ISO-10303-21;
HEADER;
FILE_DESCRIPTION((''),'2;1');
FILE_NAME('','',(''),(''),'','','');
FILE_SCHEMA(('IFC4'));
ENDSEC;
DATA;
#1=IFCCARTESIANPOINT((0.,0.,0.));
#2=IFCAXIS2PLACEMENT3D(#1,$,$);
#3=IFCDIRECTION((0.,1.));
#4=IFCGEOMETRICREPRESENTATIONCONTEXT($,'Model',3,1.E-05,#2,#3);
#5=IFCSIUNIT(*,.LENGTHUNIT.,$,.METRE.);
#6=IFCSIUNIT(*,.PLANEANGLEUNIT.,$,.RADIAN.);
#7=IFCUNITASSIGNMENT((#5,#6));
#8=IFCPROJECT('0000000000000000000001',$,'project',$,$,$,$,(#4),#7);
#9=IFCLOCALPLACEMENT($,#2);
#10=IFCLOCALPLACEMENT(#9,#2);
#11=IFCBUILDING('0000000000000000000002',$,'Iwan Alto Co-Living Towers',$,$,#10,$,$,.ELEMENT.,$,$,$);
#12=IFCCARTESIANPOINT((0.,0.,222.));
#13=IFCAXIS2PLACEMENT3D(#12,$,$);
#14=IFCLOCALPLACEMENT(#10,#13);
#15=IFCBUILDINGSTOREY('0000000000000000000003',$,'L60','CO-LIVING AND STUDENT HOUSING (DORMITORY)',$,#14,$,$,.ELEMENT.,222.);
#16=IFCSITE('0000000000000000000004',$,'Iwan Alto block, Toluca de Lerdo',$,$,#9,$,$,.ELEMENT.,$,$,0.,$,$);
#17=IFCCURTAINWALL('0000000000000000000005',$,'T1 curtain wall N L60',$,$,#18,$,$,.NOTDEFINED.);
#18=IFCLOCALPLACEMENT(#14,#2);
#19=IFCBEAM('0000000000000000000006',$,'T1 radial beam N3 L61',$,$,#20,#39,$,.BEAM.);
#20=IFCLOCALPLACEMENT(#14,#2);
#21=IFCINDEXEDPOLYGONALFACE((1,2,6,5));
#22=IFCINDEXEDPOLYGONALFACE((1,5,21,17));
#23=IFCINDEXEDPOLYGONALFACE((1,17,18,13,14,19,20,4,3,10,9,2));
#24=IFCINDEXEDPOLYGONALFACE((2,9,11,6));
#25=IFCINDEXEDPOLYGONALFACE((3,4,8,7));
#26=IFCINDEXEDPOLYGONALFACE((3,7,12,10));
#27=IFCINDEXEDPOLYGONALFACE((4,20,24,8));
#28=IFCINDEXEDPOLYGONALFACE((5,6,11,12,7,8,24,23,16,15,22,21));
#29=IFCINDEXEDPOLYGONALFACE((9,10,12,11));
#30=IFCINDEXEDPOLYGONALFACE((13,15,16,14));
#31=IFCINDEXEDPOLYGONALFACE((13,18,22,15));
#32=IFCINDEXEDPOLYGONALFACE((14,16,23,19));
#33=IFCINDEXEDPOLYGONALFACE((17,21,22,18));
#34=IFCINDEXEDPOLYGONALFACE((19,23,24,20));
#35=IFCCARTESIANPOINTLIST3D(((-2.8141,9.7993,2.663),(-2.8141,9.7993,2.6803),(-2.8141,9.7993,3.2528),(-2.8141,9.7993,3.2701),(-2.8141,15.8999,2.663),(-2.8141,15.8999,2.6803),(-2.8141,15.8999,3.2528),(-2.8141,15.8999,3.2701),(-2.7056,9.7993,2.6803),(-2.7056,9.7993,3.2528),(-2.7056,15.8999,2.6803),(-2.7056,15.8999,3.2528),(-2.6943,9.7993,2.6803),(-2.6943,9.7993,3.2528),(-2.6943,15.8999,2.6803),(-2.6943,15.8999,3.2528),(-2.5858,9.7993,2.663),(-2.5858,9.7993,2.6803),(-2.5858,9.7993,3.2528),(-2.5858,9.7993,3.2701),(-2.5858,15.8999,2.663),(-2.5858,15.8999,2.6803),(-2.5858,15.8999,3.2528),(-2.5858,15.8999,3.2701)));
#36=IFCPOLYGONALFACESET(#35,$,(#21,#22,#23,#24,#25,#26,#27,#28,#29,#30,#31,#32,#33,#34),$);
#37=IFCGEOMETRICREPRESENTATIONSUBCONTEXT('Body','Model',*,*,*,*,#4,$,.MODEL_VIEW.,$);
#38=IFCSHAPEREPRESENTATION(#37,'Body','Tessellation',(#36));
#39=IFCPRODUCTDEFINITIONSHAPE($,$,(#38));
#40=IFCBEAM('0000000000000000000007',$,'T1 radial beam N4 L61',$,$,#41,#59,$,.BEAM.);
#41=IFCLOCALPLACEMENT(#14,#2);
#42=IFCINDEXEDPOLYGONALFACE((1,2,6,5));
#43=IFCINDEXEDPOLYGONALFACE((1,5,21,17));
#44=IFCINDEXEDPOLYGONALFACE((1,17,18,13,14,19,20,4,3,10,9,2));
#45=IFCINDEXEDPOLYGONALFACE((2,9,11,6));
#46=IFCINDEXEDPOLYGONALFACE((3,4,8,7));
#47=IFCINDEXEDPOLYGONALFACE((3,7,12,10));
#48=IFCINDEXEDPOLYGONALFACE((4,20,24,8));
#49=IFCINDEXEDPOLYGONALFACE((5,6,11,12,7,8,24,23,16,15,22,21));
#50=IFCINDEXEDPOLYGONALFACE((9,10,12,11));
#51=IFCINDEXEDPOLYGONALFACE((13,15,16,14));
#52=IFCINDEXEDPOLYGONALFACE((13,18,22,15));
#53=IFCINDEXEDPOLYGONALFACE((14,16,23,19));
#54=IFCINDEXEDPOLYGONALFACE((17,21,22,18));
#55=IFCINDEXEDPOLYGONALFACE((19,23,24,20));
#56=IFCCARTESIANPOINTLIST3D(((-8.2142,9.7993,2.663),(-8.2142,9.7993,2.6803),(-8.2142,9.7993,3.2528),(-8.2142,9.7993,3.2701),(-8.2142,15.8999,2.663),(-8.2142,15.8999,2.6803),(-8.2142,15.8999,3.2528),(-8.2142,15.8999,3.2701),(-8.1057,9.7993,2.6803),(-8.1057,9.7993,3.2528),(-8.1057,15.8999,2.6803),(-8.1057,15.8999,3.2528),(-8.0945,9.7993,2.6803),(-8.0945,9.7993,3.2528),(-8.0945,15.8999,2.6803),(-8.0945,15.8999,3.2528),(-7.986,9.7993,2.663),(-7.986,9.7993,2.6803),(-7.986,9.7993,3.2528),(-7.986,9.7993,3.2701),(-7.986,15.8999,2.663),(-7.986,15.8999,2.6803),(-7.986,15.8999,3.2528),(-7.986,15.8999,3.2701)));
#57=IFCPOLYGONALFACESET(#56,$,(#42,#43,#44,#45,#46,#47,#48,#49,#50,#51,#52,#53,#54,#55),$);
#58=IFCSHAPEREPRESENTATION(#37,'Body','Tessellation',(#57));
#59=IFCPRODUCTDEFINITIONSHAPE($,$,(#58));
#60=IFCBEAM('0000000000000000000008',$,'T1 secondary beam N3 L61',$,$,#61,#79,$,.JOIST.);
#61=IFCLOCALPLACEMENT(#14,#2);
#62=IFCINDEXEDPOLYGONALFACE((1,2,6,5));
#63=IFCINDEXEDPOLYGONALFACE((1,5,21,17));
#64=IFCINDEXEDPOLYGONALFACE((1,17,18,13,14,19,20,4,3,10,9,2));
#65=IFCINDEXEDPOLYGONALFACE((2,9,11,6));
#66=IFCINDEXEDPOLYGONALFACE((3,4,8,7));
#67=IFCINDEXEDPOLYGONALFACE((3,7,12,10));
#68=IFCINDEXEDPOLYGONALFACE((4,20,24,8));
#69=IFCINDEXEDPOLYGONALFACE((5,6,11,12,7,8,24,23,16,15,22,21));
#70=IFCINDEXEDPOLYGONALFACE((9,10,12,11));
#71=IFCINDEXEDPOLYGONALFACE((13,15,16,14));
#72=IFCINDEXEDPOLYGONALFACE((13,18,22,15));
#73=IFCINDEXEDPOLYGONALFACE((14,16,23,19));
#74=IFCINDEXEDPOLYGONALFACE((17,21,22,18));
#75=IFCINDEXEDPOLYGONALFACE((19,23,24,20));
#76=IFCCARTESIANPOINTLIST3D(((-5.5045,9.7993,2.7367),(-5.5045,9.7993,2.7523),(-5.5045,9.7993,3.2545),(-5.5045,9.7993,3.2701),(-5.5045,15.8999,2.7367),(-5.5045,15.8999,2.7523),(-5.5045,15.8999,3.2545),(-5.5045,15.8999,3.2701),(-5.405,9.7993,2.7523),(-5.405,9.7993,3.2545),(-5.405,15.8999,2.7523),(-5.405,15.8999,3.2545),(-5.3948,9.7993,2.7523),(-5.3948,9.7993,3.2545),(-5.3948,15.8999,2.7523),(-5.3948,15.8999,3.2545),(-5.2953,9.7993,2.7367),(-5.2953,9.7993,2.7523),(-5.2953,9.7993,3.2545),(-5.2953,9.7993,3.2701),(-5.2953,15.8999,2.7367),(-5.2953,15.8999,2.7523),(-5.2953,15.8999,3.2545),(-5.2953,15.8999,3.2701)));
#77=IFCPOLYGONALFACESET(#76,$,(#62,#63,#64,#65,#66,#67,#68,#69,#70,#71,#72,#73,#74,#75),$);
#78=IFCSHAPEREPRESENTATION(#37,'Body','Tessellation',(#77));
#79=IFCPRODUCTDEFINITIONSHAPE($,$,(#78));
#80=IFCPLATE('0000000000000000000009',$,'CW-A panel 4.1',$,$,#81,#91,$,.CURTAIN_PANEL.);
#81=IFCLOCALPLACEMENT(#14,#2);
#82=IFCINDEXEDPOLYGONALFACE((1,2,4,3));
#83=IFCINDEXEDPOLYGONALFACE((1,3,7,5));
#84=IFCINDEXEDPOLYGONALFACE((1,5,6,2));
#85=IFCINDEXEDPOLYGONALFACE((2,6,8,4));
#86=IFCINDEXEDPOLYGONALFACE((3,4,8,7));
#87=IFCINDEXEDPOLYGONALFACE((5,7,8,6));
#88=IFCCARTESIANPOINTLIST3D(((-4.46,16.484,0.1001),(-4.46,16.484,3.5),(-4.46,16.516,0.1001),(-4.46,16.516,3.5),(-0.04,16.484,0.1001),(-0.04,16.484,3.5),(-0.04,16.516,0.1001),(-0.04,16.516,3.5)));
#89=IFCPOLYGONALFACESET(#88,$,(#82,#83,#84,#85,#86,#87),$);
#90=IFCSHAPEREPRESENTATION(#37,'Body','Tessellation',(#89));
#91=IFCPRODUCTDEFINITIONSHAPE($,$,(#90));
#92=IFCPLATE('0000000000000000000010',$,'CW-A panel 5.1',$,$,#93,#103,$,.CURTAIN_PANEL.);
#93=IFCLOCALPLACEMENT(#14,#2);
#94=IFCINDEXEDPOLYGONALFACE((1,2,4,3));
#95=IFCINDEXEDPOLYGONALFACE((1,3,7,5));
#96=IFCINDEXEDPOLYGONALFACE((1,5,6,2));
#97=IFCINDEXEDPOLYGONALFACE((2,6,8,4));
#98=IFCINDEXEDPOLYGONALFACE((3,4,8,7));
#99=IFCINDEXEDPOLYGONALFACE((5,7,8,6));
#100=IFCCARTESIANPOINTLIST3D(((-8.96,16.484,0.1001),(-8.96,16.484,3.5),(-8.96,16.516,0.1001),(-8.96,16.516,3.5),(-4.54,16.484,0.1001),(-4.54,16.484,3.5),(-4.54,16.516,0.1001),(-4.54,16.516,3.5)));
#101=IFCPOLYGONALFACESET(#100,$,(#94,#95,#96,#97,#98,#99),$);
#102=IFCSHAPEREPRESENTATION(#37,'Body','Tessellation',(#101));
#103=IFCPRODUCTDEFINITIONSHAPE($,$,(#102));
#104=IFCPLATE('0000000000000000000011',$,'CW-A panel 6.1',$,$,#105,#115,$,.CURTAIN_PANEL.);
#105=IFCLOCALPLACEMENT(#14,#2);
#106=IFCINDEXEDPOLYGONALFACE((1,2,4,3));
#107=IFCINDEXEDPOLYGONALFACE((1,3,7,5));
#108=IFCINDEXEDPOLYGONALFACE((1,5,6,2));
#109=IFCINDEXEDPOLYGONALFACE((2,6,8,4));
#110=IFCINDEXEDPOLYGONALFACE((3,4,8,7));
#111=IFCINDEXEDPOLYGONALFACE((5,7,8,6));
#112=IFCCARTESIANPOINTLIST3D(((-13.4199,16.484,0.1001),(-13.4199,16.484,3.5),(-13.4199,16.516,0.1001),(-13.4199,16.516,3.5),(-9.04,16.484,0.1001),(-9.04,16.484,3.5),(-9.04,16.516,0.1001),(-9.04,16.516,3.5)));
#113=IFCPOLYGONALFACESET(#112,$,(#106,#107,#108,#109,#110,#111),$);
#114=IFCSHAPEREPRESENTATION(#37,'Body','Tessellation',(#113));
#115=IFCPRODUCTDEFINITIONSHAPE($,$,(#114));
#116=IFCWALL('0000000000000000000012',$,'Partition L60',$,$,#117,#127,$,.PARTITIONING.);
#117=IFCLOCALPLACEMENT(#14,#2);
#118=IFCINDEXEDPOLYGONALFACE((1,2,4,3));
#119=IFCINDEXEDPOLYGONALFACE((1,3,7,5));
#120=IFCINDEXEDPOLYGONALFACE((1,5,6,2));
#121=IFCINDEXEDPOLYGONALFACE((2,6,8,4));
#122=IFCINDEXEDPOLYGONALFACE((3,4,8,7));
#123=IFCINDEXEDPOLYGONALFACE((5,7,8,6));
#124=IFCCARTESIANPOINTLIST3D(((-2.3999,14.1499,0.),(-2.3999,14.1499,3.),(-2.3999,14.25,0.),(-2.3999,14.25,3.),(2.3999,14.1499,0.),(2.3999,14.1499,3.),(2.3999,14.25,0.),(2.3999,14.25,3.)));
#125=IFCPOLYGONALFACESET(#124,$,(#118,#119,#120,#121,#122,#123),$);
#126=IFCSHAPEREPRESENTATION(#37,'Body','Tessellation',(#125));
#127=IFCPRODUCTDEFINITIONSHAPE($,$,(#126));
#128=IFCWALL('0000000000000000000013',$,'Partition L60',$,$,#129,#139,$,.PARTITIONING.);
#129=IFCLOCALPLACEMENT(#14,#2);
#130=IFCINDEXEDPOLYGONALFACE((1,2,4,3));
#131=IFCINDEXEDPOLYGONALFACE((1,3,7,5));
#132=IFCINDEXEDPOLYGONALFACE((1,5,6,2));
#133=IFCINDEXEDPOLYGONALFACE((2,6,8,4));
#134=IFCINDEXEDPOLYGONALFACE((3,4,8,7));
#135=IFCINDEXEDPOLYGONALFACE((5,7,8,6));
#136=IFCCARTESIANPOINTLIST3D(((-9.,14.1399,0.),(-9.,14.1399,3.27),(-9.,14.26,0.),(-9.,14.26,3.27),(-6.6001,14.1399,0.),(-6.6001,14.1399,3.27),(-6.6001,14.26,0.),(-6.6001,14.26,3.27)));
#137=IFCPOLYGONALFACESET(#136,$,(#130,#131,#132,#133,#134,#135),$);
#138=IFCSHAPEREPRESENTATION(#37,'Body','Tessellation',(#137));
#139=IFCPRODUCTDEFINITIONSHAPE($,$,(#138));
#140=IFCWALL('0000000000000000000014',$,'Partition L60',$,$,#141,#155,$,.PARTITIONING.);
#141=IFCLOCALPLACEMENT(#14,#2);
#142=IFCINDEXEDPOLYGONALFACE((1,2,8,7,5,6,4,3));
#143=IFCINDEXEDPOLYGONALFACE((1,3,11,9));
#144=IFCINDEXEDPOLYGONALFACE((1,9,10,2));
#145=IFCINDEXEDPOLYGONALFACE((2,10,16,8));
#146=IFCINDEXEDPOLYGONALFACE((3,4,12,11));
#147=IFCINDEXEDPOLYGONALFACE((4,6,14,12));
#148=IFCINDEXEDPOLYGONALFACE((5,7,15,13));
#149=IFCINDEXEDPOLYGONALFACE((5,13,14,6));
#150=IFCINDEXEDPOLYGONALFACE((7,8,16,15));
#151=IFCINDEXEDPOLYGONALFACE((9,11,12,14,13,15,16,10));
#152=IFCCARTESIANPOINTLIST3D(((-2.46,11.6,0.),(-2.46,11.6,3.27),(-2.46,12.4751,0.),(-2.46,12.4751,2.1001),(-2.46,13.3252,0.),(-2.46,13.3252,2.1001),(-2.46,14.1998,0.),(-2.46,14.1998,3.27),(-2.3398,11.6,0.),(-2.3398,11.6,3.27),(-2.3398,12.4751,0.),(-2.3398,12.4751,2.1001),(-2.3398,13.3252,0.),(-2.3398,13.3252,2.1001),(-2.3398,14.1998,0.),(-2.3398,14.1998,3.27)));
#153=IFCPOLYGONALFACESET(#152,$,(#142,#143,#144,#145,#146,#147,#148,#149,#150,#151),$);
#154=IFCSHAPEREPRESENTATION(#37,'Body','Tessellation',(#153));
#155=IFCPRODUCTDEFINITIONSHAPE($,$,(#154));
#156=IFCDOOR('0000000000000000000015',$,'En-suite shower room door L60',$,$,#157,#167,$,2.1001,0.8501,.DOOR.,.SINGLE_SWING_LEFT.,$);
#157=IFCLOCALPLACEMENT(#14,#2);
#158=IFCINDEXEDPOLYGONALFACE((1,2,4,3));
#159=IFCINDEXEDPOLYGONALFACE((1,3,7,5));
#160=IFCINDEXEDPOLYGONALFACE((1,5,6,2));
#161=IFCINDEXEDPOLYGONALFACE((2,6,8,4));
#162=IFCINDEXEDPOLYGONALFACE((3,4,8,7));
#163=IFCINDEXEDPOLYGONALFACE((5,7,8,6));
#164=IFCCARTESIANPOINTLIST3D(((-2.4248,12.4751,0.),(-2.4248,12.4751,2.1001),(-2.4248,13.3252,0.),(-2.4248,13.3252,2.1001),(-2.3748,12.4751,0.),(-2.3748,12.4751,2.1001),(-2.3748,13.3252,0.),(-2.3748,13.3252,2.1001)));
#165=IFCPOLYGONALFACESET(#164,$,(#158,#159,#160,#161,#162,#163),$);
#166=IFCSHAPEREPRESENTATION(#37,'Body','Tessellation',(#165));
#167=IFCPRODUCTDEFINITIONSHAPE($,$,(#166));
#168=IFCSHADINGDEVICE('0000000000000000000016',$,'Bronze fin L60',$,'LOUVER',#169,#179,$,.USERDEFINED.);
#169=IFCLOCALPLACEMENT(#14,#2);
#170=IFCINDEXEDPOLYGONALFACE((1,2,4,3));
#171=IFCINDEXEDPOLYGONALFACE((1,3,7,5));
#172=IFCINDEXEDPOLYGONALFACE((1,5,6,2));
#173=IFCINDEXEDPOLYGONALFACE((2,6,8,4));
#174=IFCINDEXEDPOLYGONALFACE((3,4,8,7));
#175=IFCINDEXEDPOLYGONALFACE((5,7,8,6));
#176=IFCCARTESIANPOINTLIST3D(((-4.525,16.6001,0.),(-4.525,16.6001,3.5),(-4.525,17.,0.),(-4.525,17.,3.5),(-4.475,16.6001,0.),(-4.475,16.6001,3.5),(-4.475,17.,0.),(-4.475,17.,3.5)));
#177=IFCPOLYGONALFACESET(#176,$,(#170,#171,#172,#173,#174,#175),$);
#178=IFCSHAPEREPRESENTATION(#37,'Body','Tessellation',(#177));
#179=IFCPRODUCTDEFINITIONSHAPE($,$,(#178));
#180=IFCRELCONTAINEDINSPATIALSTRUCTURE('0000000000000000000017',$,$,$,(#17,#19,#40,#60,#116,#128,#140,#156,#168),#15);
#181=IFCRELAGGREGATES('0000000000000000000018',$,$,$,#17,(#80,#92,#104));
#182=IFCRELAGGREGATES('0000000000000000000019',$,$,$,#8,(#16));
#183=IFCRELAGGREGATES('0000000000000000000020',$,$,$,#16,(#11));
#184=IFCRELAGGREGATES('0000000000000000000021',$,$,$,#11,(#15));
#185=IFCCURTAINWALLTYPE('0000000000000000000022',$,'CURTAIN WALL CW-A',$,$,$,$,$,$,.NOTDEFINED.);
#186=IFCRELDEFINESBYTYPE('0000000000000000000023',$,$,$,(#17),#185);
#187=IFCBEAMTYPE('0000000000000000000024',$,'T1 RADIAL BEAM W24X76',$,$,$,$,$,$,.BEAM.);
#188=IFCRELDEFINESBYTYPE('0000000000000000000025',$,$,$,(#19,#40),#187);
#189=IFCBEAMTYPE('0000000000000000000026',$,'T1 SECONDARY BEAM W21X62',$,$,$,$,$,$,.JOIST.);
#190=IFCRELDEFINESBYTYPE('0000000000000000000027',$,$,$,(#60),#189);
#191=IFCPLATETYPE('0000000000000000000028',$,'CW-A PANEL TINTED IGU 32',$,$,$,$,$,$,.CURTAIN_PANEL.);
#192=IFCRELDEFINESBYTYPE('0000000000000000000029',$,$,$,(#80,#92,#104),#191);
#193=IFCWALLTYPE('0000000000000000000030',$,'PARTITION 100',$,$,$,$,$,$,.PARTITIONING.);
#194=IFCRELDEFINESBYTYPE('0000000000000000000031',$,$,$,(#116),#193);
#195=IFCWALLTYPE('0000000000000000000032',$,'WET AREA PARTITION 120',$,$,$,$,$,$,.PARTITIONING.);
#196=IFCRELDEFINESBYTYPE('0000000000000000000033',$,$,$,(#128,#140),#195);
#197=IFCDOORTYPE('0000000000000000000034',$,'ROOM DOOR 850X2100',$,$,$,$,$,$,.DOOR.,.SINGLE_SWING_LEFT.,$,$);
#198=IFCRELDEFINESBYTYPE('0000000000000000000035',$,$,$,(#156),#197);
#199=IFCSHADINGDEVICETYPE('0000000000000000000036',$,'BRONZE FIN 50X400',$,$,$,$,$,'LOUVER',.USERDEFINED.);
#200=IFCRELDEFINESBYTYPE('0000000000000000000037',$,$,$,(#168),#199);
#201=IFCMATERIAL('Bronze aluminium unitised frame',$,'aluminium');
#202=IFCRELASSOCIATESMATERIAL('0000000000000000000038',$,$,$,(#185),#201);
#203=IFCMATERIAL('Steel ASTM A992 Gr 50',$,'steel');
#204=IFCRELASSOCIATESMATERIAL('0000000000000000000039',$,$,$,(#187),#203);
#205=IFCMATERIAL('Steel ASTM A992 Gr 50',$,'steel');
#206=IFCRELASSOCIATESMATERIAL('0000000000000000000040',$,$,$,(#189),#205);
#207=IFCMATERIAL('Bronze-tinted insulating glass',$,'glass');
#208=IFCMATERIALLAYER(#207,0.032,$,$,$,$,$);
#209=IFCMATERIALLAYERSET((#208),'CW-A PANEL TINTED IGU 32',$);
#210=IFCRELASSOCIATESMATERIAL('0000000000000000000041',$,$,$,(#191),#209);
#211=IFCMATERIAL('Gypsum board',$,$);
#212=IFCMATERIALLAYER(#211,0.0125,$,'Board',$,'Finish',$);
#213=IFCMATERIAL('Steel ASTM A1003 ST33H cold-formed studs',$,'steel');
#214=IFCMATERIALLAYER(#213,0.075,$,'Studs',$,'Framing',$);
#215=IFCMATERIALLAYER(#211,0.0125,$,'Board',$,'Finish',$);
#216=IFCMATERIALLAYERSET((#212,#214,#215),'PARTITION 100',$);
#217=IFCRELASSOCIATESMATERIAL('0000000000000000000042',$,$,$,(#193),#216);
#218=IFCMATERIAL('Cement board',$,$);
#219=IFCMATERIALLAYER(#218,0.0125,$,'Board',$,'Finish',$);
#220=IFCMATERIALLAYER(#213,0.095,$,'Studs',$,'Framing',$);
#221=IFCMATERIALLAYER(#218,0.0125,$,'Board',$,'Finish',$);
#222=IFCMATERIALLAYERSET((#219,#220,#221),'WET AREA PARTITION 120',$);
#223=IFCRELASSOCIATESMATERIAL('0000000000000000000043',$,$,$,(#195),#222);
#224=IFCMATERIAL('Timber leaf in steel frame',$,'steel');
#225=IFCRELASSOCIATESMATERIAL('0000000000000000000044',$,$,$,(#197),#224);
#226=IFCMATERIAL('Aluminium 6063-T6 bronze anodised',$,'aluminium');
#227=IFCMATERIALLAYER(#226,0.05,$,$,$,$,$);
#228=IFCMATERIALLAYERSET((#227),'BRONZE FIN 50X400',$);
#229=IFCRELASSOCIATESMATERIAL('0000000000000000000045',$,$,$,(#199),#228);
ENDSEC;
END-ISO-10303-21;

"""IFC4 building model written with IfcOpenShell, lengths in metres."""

from ifc_helpers import new_model, si_unit, direction, frame, frame_2d, origin, origin_2d, place, context, subcontext, project, spatial, rectangle, i_section, extrude, material, layer, layer_set, material_profile, profile_set, type_object, element, fill, aggregate, save


model = new_model("IFC4")

# Units and contexts
model_context = context("Model", 3, precision=1e-05, world=origin(), true_north=direction((0.0, 1.0)))
body_context = subcontext(model_context, "Body", "Model", "MODEL_VIEW")
ifc_project = project(units=[si_unit("LENGTHUNIT", "METRE"), si_unit("PLANEANGLEUNIT", "RADIAN")], contexts=[model_context])

# Site, building, storey
site_placement = place(None, origin())
site = spatial("IfcSite", under=ifc_project, at=site_placement, Name="Iwan Alto block, Toluca de Lerdo", CompositionType="ELEMENT", RefElevation=0.0)
building_placement = place(site_placement, origin())
building = spatial("IfcBuilding", under=site, at=building_placement, Name="Iwan Alto Co-Living Towers", CompositionType="ELEMENT")
storey_placement = place(building_placement, frame((0.0, 0.0, 222.0)))
storey = spatial("IfcBuildingStorey", under=building, at=storey_placement, Name="L60", Description="CO-LIVING AND STUDENT HOUSING (DORMITORY)", CompositionType="ELEMENT", Elevation=222.0)

# Curtain wall
ifc_material_1 = material(Name="Bronze aluminium unitised frame", Category="aluminium")
curtain_wall_type = type_object("IfcCurtainWallType", Name="CURTAIN WALL CW-A", PredefinedType="NOTDEFINED", material=ifc_material_1)
curtain_wall_placement = place(storey_placement, origin())
curtain_wall = element("IfcCurtainWall", 1, at=curtain_wall_placement, inside=storey, type_object=curtain_wall_type, Name="T1 curtain wall N L60", PredefinedType="NOTDEFINED")

# Beams
ifc_material_2 = material(Name="Steel ASTM A992 Gr 50", Category="steel")
ifc_material_profile_1 = material_profile(ifc_material_2, i_section(OverallWidth=0.2283, OverallDepth=0.6072, WebThickness=0.0112, FlangeThickness=0.0173, at=origin_2d()), Name="W24X76")
ifc_profile_set_1 = profile_set([ifc_material_profile_1], Name="Steel ASTM A992 Gr 50")
beam_type_1 = type_object("IfcBeamType", Name="T1 RADIAL BEAM W24X76", PredefinedType="BEAM", material=ifc_profile_set_1)
for number, where, z_axis, x_axis, name in (
    (2, (-2.7, 15.8999, 2.9666), (0.0, -1.0, 0.0), (1.0, 0.0, 0.0), "T1 radial beam N3 L61"),
    (3, (-8.1001, 15.8999, 2.9666), (0.0, -1.0, 0.0), (1.0, 0.0, 0.0), "T1 radial beam N4 L61"),
):
    element("IfcBeam", number, at=place(storey_placement, frame(where, z_axis=z_axis, x_axis=x_axis)), inside=storey, type_object=beam_type_1, Name=name, PredefinedType="BEAM", context=body_context, shape_type="SweptSolid", body=[
        extrude(i_section(OverallWidth=0.2283, OverallDepth=0.6072, WebThickness=0.0112, FlangeThickness=0.0173, at=origin_2d()), origin(), (0.0, 0.0, 1.0), 6.1006),
    ])
ifc_material_3 = material(Name="Steel ASTM A992 Gr 50", Category="steel")
ifc_material_profile_2 = material_profile(ifc_material_3, i_section(OverallWidth=0.2092, OverallDepth=0.5334, WebThickness=0.0103, FlangeThickness=0.0156, at=origin_2d()), Name="W21X62")
ifc_profile_set_2 = profile_set([ifc_material_profile_2], Name="Steel ASTM A992 Gr 50")
beam_type_2 = type_object("IfcBeamType", Name="T1 SECONDARY BEAM W21X62", PredefinedType="JOIST", material=ifc_profile_set_2)
beam_1_placement = place(storey_placement, frame((-5.3999, 15.8999, 3.0034), z_axis=(0.0, -1.0, 0.0), x_axis=(1.0, 0.0, 0.0)))
element("IfcBeam", 4, at=beam_1_placement, inside=storey, type_object=beam_type_2, Name="T1 secondary beam N3 L61", PredefinedType="JOIST", context=body_context, shape_type="SweptSolid", body=[
    extrude(i_section(OverallWidth=0.2092, OverallDepth=0.5334, WebThickness=0.0103, FlangeThickness=0.0156, at=origin_2d()), origin(), (0.0, 0.0, 1.0), 6.1006),
])

# Plates
ifc_material_4 = material(Name="Bronze-tinted insulating glass", Category="glass")
ifc_layer_1 = layer(ifc_material_4, 0.032)
ifc_layer_set_1 = layer_set([ifc_layer_1], Name="CW-A PANEL TINTED IGU 32")
plate_type = type_object("IfcPlateType", Name="CW-A PANEL TINTED IGU 32", PredefinedType="CURTAIN_PANEL", material=ifc_layer_set_1)
plate_1_placement = place(storey_placement, frame((-2.25, 16.5, 0.1001), z_axis=(0.0, 0.0, 1.0), x_axis=(-1.0, 0.0, 0.0)))
plate_1 = element("IfcPlate", 5, at=plate_1_placement, type_object=plate_type, Name="CW-A panel 4.1", PredefinedType="CURTAIN_PANEL", context=body_context, shape_type="SweptSolid", body=[
    extrude(rectangle(XDim=4.4199, YDim=0.032, at=origin_2d()), origin(), (0.0, 0.0, 1.0), 3.3999),
])
plate_2_placement = place(storey_placement, frame((-6.75, 16.5, 0.1001), z_axis=(0.0, 0.0, 1.0), x_axis=(-1.0, 0.0, 0.0)))
plate_2 = element("IfcPlate", 6, at=plate_2_placement, type_object=plate_type, Name="CW-A panel 5.1", PredefinedType="CURTAIN_PANEL", context=body_context, shape_type="SweptSolid", body=[
    extrude(rectangle(XDim=4.4199, YDim=0.032, at=origin_2d()), origin(), (0.0, 0.0, 1.0), 3.3999),
])
plate_3_placement = place(storey_placement, frame((-11.23, 16.5, 0.1001), z_axis=(0.0, 0.0, 1.0), x_axis=(-1.0, 0.0, 0.0)))
plate_3 = element("IfcPlate", 7, at=plate_3_placement, type_object=plate_type, Name="CW-A panel 6.1", PredefinedType="CURTAIN_PANEL", context=body_context, shape_type="SweptSolid", body=[
    extrude(rectangle(XDim=4.3799, YDim=0.032, at=origin_2d()), origin(), (0.0, 0.0, 1.0), 3.3999),
])
aggregate(curtain_wall, [plate_1, plate_2, plate_3])

# Walls
ifc_material_5 = material(Name="Gypsum board")
ifc_layer_2 = layer(ifc_material_5, 0.0125, Name="Board", Category="Finish")
ifc_material_6 = material(Name="Steel ASTM A1003 ST33H cold-formed studs", Category="steel")
ifc_layer_3 = layer(ifc_material_6, 0.075, Name="Studs", Category="Framing")
ifc_layer_4 = layer(ifc_material_5, 0.0125, Name="Board", Category="Finish")
ifc_layer_set_2 = layer_set([ifc_layer_2, ifc_layer_3, ifc_layer_4], Name="PARTITION 100")
wall_type_1 = type_object("IfcWallType", Name="PARTITION 100", PredefinedType="PARTITIONING", material=ifc_layer_set_2)
wall_1_placement = place(storey_placement, frame((-2.3999, 14.2, 0.0), z_axis=(0.0, 0.0, 1.0), x_axis=(1.0, 0.0, 0.0)))
element("IfcWall", 8, at=wall_1_placement, inside=storey, type_object=wall_type_1, Name="Partition L60", PredefinedType="PARTITIONING", context=body_context, shape_type="SweptSolid", body=[
    extrude(rectangle(XDim=4.7998, YDim=0.1001, at=frame_2d((2.3999, 0.0))), origin(), (0.0, 0.0, 1.0), 3.0),
])
ifc_material_7 = material(Name="Cement board")
ifc_layer_5 = layer(ifc_material_7, 0.0125, Name="Board", Category="Finish")
ifc_layer_6 = layer(ifc_material_6, 0.095, Name="Studs", Category="Framing")
ifc_layer_7 = layer(ifc_material_7, 0.0125, Name="Board", Category="Finish")
ifc_layer_set_3 = layer_set([ifc_layer_5, ifc_layer_6, ifc_layer_7], Name="WET AREA PARTITION 120")
wall_type_2 = type_object("IfcWallType", Name="WET AREA PARTITION 120", PredefinedType="PARTITIONING", material=ifc_layer_set_3)
wall_2_placement = place(storey_placement, frame((-9.0, 14.2, 0.0), z_axis=(0.0, 0.0, 1.0), x_axis=(1.0, 0.0, 0.0)))
element("IfcWall", 9, at=wall_2_placement, inside=storey, type_object=wall_type_2, Name="Partition L60", PredefinedType="PARTITIONING", context=body_context, shape_type="SweptSolid", body=[
    extrude(rectangle(XDim=2.3999, YDim=0.1201, at=frame_2d((1.2, 0.0))), origin(), (0.0, 0.0, 1.0), 3.27),
])

# Wall, opening, door
wall_3_placement = place(storey_placement, frame((-2.3999, 11.6001, 0.0), z_axis=(0.0, 0.0, 1.0), x_axis=(0.0, 1.0, 0.0)))
wall_3 = element("IfcWall", 10, at=wall_3_placement, inside=storey, type_object=wall_type_2, Name="Partition L60", PredefinedType="PARTITIONING", context=body_context, shape_type="SweptSolid", body=[
    extrude(rectangle(XDim=2.5999, YDim=0.1201, at=frame_2d((1.2998, 0.0))), origin(), (0.0, 0.0, 1.0), 3.27),
])
opening_placement = place(wall_3_placement, frame((0.875, 0.0, 0.0)))
opening = element("IfcOpeningElement", 11, at=opening_placement, cuts=wall_3, PredefinedType="OPENING", context=body_context, shape_type="SweptSolid", body=[
    extrude(rectangle(XDim=0.8501, YDim=2.1001, at=frame_2d((0.425, 1.05))), frame((0.0, 0.0701, 0.0), z_axis=(0.0, -1.0, 0.0), x_axis=(1.0, 0.0, 0.0)), (0.0, 0.0, 1.0), 0.1401),
])
ifc_material_8 = material(Name="Timber leaf in steel frame", Category="steel")
door_type = type_object("IfcDoorType", Name="ROOM DOOR 850X2100", OperationType="SINGLE_SWING_LEFT", PredefinedType="DOOR", material=ifc_material_8)
door_placement = place(opening_placement, origin())
door = element("IfcDoor", 12, at=door_placement, inside=storey, type_object=door_type, Name="En-suite shower room door L60", OperationType="SINGLE_SWING_LEFT", OverallHeight=2.1001, OverallWidth=0.8501, PredefinedType="DOOR", context=body_context, shape_type="SweptSolid", body=[
    extrude(rectangle(XDim=0.8501, YDim=2.1001, at=frame_2d((0.425, 1.05))), frame((0.0, 0.0249, 0.0), z_axis=(0.0, -1.0, 0.0), x_axis=(1.0, 0.0, 0.0)), (0.0, 0.0, 1.0), 0.05),
])
fill(opening, door)

# Shading device
ifc_material_9 = material(Name="Aluminium 6063-T6 bronze anodised", Category="aluminium")
ifc_layer_8 = layer(ifc_material_9, 0.05)
ifc_layer_set_4 = layer_set([ifc_layer_8], Name="BRONZE FIN 50X400")
shading_device_type = type_object("IfcShadingDeviceType", Name="BRONZE FIN 50X400", ElementType="LOUVER", PredefinedType="USERDEFINED", material=ifc_layer_set_4)
shading_device_placement = place(storey_placement, frame((-4.5, 16.8, 0.0), z_axis=(0.0, 0.0, 1.0), x_axis=(-1.0, 0.0, 0.0)))
element("IfcShadingDevice", 13, at=shading_device_placement, inside=storey, type_object=shading_device_type, Name="Bronze fin L60", ObjectType="LOUVER", PredefinedType="USERDEFINED", context=body_context, shape_type="SweptSolid", body=[
    extrude(rectangle(XDim=0.05, YDim=0.3999, at=origin_2d()), origin(), (0.0, 0.0, 1.0), 3.5),
])

save(model, "model.ifc")
